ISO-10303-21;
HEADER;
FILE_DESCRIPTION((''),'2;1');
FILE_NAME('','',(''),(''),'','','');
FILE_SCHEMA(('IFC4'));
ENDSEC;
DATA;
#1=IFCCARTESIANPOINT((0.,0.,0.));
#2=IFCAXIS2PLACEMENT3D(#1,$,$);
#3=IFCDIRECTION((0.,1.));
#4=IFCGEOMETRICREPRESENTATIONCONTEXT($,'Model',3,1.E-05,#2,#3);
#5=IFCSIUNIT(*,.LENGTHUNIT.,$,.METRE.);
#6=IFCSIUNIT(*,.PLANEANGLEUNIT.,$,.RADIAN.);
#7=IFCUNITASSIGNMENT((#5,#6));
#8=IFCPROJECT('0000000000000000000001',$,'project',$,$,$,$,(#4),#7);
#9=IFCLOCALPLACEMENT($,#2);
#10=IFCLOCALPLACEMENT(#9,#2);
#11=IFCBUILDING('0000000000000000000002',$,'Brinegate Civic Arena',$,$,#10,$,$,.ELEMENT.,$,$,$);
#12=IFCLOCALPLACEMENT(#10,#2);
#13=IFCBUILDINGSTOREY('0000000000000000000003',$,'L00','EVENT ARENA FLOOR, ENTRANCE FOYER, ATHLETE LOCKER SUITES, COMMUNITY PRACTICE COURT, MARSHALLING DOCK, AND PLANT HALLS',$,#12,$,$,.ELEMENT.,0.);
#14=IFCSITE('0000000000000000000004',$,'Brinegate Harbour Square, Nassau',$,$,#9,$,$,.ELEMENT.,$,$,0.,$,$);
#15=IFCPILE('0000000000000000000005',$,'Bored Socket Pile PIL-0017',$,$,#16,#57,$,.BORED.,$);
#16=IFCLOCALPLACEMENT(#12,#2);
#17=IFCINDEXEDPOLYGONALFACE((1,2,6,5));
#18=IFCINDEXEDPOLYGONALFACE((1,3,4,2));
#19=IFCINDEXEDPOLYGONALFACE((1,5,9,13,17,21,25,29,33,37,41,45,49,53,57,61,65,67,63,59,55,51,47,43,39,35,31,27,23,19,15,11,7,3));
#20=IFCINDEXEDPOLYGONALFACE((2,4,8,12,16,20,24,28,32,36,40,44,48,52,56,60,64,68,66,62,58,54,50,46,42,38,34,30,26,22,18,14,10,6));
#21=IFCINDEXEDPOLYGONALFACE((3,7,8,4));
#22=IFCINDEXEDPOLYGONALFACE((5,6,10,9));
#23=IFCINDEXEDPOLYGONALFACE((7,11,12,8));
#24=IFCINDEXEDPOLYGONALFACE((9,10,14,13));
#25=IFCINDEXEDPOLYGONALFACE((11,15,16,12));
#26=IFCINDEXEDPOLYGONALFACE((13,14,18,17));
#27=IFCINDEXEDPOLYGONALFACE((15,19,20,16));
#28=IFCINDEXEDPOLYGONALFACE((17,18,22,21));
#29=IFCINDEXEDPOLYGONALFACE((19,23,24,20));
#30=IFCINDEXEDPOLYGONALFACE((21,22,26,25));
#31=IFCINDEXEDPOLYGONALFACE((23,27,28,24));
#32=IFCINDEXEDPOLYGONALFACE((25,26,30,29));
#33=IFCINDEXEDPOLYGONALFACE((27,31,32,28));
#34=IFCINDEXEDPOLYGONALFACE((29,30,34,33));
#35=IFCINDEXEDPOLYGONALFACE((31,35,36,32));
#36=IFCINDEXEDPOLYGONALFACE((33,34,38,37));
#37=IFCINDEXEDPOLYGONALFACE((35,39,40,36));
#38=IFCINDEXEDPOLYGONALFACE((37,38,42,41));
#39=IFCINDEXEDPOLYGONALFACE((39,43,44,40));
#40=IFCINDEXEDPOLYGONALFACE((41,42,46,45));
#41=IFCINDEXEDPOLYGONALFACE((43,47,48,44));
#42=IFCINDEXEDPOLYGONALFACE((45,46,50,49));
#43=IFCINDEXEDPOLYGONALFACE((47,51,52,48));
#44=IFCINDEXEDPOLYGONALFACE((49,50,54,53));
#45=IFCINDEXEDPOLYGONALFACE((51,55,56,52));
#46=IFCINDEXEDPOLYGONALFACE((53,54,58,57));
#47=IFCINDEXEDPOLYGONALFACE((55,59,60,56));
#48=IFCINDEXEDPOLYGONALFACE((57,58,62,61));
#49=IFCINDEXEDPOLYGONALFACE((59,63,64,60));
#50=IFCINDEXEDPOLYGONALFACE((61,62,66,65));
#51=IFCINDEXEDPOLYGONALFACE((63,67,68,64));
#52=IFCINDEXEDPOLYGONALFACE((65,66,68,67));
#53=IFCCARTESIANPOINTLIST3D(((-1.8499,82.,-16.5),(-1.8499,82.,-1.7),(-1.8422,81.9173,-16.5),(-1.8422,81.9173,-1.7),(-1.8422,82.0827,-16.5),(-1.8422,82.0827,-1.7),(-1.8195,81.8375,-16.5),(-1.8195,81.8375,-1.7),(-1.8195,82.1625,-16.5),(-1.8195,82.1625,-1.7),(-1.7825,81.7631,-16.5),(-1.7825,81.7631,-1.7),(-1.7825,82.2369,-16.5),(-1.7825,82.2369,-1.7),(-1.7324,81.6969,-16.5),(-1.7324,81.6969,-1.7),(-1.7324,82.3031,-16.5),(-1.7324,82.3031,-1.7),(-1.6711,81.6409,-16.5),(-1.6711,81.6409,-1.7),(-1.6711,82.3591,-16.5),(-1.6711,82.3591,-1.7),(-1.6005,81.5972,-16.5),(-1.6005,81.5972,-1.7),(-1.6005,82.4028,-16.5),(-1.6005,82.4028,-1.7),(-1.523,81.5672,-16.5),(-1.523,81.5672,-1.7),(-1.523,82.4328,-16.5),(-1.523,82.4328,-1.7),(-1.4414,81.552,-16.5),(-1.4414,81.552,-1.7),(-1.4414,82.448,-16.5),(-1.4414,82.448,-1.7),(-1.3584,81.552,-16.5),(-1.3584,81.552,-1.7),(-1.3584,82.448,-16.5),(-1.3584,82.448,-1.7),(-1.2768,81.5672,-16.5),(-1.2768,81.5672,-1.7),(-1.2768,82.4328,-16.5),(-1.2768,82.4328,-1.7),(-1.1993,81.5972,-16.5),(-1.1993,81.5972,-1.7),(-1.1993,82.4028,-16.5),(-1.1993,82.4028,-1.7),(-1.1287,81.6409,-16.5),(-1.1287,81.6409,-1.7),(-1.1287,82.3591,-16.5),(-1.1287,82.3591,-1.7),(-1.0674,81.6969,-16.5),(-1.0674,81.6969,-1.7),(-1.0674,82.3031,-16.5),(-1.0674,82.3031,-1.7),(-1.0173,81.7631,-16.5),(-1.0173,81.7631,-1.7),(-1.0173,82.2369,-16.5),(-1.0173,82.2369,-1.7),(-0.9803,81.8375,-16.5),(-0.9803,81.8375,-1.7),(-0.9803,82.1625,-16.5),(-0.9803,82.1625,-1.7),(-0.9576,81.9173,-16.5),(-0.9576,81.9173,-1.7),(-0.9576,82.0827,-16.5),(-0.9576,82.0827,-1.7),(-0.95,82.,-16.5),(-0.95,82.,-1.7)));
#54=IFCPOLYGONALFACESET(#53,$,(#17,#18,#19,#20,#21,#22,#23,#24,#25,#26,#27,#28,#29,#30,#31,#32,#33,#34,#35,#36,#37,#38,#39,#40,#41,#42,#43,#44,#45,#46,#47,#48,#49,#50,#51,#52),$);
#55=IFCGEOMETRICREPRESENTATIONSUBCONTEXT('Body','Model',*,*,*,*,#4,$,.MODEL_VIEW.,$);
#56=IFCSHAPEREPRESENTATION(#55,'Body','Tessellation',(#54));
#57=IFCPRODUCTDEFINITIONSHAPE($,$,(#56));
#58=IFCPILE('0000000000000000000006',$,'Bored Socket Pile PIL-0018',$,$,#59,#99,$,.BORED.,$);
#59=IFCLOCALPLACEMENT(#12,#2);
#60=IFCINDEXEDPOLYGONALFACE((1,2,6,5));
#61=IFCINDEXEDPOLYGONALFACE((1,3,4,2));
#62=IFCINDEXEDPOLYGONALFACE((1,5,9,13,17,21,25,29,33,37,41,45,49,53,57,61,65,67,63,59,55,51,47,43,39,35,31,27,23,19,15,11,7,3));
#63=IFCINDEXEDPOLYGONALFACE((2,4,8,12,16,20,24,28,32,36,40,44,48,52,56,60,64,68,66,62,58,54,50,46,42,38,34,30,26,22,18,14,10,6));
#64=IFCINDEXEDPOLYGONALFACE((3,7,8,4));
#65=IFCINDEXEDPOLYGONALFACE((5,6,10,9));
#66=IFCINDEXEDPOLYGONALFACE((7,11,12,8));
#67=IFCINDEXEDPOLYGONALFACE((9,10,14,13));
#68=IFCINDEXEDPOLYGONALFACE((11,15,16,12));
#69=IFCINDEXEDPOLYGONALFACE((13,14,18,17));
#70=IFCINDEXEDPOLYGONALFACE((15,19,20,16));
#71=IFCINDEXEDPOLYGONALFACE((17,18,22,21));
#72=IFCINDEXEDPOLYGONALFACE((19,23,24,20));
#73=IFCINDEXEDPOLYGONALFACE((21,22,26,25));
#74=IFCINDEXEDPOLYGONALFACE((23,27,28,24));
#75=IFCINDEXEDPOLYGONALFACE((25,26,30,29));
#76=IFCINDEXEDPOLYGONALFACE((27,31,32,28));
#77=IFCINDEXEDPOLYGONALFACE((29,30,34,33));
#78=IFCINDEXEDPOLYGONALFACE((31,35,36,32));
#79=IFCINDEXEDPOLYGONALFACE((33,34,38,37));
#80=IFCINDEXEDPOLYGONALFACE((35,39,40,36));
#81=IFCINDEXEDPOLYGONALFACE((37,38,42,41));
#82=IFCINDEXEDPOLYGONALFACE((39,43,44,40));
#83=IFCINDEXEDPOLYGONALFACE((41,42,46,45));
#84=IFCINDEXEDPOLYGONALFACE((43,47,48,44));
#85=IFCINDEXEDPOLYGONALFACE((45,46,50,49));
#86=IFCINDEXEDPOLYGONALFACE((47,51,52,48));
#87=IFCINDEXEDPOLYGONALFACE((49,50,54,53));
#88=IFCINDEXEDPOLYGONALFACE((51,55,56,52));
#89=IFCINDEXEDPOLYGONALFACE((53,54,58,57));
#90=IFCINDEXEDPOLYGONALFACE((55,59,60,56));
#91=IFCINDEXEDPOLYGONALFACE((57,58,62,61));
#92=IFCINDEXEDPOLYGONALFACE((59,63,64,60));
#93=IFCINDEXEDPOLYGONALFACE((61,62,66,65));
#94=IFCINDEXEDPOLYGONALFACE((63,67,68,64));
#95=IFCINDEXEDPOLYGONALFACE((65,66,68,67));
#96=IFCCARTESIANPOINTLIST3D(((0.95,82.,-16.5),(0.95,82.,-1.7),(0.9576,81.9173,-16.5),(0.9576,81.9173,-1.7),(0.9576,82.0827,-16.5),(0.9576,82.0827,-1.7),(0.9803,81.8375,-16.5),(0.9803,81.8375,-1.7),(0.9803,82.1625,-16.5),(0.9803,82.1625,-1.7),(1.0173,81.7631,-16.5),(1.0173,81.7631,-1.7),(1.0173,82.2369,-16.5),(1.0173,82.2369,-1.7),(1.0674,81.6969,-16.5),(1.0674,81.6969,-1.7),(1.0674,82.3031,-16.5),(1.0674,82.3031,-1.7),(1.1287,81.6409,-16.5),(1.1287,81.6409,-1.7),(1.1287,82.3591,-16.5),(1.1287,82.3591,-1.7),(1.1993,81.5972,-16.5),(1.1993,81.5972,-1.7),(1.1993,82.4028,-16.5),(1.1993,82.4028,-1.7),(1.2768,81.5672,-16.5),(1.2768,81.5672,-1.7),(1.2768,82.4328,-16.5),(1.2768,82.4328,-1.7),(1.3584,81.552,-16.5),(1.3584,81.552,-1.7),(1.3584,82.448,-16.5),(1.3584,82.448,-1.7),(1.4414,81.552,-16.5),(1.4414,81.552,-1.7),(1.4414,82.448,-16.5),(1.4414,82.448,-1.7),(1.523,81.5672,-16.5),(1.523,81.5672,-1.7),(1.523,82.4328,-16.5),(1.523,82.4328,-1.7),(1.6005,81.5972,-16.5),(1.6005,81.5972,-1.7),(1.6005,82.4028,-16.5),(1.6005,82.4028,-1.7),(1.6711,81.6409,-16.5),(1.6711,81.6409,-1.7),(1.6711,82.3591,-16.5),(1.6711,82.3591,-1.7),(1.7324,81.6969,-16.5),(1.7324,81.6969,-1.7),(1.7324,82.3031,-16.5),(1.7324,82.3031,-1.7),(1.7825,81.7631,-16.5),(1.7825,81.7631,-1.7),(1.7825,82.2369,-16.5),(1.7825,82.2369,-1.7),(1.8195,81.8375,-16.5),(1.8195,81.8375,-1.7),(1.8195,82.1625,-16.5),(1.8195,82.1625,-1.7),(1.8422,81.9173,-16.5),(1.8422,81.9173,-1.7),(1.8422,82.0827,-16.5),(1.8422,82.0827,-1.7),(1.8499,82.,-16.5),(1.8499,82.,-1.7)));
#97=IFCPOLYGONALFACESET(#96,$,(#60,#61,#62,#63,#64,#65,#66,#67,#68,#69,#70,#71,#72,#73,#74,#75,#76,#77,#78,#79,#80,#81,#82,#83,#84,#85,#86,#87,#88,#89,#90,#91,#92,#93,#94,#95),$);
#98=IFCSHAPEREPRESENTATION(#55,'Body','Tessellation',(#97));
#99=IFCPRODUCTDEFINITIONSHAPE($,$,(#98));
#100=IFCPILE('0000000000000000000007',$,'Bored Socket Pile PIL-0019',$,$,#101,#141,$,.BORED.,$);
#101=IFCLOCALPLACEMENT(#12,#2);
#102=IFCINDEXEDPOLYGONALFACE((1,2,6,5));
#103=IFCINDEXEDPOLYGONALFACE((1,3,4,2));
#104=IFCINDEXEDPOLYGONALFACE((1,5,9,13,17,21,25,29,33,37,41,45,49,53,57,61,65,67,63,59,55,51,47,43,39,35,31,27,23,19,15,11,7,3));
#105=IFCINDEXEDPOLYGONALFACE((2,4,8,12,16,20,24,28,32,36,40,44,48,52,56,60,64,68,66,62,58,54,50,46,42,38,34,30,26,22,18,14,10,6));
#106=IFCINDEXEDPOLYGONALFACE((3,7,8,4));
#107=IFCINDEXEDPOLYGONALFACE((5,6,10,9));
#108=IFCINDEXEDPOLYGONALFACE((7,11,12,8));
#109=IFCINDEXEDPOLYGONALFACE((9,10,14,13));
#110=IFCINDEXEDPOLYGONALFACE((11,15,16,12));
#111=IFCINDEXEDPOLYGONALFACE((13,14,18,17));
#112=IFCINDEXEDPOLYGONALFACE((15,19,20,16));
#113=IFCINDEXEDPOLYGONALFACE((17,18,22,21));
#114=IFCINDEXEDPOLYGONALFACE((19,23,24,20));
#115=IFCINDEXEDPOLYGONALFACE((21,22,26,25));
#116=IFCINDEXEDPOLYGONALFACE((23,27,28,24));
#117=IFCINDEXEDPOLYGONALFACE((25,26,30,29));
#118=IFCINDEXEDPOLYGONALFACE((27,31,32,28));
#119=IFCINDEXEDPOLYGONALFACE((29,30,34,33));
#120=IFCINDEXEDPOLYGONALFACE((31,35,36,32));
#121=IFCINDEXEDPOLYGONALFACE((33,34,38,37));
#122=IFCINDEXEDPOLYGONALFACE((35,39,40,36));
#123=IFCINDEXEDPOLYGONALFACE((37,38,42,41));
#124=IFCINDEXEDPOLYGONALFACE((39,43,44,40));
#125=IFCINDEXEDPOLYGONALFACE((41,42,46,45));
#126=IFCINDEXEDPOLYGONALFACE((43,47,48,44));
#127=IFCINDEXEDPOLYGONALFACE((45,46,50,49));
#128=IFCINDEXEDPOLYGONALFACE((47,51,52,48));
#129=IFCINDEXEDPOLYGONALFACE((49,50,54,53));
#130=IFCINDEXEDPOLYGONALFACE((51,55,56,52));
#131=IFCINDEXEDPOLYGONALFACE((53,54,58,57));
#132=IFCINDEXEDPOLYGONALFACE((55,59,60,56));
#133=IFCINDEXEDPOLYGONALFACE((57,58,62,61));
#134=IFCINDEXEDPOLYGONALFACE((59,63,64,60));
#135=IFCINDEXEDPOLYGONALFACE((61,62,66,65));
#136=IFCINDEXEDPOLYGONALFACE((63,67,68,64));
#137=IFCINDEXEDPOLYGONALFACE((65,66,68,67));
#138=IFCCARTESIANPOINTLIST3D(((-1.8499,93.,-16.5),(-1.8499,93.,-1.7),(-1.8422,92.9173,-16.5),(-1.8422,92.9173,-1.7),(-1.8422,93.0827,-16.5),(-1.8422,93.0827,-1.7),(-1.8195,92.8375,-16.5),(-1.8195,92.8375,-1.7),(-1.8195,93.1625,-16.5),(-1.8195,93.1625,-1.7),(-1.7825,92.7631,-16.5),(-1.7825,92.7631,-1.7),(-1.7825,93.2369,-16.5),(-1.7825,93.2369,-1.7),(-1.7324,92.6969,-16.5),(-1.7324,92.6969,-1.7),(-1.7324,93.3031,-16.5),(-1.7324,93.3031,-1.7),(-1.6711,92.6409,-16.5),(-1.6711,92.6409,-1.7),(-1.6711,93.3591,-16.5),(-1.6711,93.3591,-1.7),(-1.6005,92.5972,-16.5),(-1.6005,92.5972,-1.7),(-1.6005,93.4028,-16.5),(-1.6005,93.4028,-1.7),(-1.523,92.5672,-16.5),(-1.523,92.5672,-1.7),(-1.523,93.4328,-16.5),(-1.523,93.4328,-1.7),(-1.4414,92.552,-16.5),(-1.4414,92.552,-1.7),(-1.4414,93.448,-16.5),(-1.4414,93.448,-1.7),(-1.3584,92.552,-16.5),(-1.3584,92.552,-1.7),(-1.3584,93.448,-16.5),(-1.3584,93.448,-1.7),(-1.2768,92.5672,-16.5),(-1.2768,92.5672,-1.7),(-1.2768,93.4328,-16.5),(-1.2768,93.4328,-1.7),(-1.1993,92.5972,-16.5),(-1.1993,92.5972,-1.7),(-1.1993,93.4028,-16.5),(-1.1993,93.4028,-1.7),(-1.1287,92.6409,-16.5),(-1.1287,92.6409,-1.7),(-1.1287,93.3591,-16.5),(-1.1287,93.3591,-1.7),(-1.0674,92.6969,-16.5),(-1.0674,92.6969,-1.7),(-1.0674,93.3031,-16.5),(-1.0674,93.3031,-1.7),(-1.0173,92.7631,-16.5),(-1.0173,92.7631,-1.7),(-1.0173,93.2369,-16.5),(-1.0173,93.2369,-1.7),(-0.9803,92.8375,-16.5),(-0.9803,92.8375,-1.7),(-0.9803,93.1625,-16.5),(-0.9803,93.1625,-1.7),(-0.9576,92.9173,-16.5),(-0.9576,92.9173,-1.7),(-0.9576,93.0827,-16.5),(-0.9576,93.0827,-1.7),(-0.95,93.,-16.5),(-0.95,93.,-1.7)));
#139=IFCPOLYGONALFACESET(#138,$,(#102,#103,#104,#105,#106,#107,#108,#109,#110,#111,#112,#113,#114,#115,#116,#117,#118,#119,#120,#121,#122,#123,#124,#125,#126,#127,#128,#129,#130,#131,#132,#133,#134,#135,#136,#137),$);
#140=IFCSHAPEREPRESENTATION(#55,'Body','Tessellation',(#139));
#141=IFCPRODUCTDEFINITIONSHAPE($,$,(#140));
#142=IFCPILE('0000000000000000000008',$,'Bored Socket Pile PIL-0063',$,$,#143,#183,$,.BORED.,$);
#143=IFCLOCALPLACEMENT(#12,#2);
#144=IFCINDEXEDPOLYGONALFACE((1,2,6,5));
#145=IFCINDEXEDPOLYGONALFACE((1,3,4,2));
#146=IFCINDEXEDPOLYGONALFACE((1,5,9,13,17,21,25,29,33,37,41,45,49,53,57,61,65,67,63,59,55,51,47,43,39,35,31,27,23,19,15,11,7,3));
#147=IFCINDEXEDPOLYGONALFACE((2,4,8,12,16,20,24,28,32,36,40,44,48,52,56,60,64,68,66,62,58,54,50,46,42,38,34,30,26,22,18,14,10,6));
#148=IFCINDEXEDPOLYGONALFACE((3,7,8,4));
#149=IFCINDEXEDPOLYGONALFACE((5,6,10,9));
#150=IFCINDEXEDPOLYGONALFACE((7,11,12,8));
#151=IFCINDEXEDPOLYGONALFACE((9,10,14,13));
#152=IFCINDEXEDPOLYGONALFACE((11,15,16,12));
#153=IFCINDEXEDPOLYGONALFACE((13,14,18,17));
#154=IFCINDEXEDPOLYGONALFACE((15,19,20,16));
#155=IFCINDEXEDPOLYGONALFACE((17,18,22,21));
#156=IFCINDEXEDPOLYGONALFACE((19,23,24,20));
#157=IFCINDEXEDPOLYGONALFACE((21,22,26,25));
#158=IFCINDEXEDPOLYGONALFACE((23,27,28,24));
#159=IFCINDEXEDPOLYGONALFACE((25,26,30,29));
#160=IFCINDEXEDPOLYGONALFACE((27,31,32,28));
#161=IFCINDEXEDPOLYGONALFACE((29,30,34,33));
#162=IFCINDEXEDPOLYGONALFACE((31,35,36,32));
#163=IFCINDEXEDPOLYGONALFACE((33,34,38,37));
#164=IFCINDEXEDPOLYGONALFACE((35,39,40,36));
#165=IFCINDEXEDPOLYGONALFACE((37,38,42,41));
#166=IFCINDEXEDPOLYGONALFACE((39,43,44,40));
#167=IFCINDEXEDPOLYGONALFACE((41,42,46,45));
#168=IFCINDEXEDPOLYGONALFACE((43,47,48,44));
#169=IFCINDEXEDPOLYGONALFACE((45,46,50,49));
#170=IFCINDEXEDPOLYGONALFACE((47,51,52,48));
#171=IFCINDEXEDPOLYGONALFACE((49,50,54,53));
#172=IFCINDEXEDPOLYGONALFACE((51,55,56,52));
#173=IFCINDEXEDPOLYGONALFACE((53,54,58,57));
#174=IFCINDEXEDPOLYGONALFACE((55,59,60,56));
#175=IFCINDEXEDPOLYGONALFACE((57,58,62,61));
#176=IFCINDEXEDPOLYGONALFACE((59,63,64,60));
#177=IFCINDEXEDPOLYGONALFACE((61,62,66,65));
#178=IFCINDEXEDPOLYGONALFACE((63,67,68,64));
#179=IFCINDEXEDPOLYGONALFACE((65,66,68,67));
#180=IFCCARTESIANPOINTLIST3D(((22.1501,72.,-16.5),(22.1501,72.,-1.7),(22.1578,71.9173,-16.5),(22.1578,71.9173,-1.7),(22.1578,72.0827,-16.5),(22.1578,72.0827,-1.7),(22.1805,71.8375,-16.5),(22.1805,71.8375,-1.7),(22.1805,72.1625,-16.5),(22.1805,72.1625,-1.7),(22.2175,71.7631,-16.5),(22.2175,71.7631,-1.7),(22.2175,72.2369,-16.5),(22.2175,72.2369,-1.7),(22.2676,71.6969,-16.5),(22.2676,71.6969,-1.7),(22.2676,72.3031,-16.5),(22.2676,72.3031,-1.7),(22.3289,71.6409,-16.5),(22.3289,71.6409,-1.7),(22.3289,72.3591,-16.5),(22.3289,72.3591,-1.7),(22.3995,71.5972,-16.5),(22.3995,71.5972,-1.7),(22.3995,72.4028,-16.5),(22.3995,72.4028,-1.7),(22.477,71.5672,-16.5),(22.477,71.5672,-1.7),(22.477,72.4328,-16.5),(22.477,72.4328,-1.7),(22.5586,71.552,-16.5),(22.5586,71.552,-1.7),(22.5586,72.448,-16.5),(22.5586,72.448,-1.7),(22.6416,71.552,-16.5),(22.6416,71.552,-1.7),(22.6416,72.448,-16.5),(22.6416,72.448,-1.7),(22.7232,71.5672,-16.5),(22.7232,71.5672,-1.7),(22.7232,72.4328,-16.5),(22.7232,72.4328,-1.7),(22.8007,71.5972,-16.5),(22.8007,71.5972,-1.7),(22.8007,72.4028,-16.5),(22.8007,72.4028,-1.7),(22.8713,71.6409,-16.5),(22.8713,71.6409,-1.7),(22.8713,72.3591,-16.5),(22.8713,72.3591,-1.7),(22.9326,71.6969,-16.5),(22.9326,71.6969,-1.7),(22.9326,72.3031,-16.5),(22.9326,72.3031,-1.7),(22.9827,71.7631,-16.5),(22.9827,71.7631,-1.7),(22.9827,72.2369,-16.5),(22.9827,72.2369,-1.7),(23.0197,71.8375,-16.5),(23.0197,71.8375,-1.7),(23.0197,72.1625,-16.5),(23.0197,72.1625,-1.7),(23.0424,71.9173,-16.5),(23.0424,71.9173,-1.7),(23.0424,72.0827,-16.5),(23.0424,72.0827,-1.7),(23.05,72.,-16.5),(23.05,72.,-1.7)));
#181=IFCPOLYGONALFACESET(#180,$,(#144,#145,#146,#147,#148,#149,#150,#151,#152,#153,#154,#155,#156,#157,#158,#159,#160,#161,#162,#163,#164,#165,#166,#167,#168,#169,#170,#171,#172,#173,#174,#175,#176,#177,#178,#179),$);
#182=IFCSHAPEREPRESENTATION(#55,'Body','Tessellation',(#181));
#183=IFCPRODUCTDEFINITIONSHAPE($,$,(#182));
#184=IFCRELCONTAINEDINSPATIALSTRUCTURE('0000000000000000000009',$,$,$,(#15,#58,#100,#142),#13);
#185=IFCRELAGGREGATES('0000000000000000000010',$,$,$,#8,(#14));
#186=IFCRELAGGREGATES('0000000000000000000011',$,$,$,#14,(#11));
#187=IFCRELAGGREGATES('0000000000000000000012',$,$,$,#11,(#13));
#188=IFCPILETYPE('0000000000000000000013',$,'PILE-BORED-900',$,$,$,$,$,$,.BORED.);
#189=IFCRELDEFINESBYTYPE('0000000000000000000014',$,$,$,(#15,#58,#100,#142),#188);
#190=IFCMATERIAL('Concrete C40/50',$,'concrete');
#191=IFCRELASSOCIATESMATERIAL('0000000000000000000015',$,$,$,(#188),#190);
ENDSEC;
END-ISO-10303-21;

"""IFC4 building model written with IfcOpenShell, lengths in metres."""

from ifc_helpers import new_model, si_unit, direction, frame, origin, origin_2d, place, context, subcontext, project, spatial, circle, extrude, material, material_profile, profile_set, type_object, element, save


model = new_model("IFC4")

# Units and contexts
model_context = context("Model", 3, precision=1e-05, world=origin(), true_north=direction((0.0, 1.0)))
body_context = subcontext(model_context, "Body", "Model", "MODEL_VIEW")
ifc_project = project(units=[si_unit("LENGTHUNIT", "METRE"), si_unit("PLANEANGLEUNIT", "RADIAN")], contexts=[model_context])

# Site, building, storey
site_placement = place(None, origin())
site = spatial("IfcSite", under=ifc_project, at=site_placement, Name="Brinegate Harbour Square, Nassau", CompositionType="ELEMENT", RefElevation=0.0)
building_placement = place(site_placement, origin())
building = spatial("IfcBuilding", under=site, at=building_placement, Name="Brinegate Civic Arena", CompositionType="ELEMENT")
storey_placement = place(building_placement, origin())
storey = spatial("IfcBuildingStorey", under=building, at=storey_placement, Name="L00", Description="EVENT ARENA FLOOR, ENTRANCE FOYER, ATHLETE LOCKER SUITES, COMMUNITY PRACTICE COURT, MARSHALLING DOCK, AND PLANT HALLS", CompositionType="ELEMENT", Elevation=0.0)

# Shared definitions
ifc_material_1 = material(Name="Concrete C40/50", Category="concrete")

# Piles
ifc_material_profile_1 = material_profile(ifc_material_1, circle(Radius=0.45, at=origin_2d()), Name="PILED900")
ifc_profile_set_1 = profile_set([ifc_material_profile_1], Name="Concrete C40/50")
pile_type_1 = type_object("IfcPileType", Name="PILE-BORED-900", PredefinedType="BORED", material=ifc_profile_set_1)
for number, where, z_axis, x_axis, name in (
    (1, (-1.3999, 82.0, -1.7), (0.0, 0.0, -1.0), (1.0, 0.0, 0.0), "Bored Socket Pile PIL-0017"),
    (2, (1.3999, 82.0, -1.7), (0.0, 0.0, -1.0), (1.0, 0.0, 0.0), "Bored Socket Pile PIL-0018"),
    (3, (-1.3999, 93.0, -1.7), (0.0, 0.0, -1.0), (1.0, 0.0, 0.0), "Bored Socket Pile PIL-0019"),
    (4, (22.6001, 72.0, -1.7), (0.0, 0.0, -1.0), (1.0, 0.0, 0.0), "Bored Socket Pile PIL-0063"),
):
    element("IfcPile", number, at=place(storey_placement, frame(where, z_axis=z_axis, x_axis=x_axis)), inside=storey, type_object=pile_type_1, Name=name, PredefinedType="BORED", context=body_context, shape_type="SweptSolid", body=[
        extrude(circle(Radius=0.45, at=origin_2d()), origin(), (0.0, 0.0, 1.0), 14.8),
    ])

save(model, "model.ifc")
